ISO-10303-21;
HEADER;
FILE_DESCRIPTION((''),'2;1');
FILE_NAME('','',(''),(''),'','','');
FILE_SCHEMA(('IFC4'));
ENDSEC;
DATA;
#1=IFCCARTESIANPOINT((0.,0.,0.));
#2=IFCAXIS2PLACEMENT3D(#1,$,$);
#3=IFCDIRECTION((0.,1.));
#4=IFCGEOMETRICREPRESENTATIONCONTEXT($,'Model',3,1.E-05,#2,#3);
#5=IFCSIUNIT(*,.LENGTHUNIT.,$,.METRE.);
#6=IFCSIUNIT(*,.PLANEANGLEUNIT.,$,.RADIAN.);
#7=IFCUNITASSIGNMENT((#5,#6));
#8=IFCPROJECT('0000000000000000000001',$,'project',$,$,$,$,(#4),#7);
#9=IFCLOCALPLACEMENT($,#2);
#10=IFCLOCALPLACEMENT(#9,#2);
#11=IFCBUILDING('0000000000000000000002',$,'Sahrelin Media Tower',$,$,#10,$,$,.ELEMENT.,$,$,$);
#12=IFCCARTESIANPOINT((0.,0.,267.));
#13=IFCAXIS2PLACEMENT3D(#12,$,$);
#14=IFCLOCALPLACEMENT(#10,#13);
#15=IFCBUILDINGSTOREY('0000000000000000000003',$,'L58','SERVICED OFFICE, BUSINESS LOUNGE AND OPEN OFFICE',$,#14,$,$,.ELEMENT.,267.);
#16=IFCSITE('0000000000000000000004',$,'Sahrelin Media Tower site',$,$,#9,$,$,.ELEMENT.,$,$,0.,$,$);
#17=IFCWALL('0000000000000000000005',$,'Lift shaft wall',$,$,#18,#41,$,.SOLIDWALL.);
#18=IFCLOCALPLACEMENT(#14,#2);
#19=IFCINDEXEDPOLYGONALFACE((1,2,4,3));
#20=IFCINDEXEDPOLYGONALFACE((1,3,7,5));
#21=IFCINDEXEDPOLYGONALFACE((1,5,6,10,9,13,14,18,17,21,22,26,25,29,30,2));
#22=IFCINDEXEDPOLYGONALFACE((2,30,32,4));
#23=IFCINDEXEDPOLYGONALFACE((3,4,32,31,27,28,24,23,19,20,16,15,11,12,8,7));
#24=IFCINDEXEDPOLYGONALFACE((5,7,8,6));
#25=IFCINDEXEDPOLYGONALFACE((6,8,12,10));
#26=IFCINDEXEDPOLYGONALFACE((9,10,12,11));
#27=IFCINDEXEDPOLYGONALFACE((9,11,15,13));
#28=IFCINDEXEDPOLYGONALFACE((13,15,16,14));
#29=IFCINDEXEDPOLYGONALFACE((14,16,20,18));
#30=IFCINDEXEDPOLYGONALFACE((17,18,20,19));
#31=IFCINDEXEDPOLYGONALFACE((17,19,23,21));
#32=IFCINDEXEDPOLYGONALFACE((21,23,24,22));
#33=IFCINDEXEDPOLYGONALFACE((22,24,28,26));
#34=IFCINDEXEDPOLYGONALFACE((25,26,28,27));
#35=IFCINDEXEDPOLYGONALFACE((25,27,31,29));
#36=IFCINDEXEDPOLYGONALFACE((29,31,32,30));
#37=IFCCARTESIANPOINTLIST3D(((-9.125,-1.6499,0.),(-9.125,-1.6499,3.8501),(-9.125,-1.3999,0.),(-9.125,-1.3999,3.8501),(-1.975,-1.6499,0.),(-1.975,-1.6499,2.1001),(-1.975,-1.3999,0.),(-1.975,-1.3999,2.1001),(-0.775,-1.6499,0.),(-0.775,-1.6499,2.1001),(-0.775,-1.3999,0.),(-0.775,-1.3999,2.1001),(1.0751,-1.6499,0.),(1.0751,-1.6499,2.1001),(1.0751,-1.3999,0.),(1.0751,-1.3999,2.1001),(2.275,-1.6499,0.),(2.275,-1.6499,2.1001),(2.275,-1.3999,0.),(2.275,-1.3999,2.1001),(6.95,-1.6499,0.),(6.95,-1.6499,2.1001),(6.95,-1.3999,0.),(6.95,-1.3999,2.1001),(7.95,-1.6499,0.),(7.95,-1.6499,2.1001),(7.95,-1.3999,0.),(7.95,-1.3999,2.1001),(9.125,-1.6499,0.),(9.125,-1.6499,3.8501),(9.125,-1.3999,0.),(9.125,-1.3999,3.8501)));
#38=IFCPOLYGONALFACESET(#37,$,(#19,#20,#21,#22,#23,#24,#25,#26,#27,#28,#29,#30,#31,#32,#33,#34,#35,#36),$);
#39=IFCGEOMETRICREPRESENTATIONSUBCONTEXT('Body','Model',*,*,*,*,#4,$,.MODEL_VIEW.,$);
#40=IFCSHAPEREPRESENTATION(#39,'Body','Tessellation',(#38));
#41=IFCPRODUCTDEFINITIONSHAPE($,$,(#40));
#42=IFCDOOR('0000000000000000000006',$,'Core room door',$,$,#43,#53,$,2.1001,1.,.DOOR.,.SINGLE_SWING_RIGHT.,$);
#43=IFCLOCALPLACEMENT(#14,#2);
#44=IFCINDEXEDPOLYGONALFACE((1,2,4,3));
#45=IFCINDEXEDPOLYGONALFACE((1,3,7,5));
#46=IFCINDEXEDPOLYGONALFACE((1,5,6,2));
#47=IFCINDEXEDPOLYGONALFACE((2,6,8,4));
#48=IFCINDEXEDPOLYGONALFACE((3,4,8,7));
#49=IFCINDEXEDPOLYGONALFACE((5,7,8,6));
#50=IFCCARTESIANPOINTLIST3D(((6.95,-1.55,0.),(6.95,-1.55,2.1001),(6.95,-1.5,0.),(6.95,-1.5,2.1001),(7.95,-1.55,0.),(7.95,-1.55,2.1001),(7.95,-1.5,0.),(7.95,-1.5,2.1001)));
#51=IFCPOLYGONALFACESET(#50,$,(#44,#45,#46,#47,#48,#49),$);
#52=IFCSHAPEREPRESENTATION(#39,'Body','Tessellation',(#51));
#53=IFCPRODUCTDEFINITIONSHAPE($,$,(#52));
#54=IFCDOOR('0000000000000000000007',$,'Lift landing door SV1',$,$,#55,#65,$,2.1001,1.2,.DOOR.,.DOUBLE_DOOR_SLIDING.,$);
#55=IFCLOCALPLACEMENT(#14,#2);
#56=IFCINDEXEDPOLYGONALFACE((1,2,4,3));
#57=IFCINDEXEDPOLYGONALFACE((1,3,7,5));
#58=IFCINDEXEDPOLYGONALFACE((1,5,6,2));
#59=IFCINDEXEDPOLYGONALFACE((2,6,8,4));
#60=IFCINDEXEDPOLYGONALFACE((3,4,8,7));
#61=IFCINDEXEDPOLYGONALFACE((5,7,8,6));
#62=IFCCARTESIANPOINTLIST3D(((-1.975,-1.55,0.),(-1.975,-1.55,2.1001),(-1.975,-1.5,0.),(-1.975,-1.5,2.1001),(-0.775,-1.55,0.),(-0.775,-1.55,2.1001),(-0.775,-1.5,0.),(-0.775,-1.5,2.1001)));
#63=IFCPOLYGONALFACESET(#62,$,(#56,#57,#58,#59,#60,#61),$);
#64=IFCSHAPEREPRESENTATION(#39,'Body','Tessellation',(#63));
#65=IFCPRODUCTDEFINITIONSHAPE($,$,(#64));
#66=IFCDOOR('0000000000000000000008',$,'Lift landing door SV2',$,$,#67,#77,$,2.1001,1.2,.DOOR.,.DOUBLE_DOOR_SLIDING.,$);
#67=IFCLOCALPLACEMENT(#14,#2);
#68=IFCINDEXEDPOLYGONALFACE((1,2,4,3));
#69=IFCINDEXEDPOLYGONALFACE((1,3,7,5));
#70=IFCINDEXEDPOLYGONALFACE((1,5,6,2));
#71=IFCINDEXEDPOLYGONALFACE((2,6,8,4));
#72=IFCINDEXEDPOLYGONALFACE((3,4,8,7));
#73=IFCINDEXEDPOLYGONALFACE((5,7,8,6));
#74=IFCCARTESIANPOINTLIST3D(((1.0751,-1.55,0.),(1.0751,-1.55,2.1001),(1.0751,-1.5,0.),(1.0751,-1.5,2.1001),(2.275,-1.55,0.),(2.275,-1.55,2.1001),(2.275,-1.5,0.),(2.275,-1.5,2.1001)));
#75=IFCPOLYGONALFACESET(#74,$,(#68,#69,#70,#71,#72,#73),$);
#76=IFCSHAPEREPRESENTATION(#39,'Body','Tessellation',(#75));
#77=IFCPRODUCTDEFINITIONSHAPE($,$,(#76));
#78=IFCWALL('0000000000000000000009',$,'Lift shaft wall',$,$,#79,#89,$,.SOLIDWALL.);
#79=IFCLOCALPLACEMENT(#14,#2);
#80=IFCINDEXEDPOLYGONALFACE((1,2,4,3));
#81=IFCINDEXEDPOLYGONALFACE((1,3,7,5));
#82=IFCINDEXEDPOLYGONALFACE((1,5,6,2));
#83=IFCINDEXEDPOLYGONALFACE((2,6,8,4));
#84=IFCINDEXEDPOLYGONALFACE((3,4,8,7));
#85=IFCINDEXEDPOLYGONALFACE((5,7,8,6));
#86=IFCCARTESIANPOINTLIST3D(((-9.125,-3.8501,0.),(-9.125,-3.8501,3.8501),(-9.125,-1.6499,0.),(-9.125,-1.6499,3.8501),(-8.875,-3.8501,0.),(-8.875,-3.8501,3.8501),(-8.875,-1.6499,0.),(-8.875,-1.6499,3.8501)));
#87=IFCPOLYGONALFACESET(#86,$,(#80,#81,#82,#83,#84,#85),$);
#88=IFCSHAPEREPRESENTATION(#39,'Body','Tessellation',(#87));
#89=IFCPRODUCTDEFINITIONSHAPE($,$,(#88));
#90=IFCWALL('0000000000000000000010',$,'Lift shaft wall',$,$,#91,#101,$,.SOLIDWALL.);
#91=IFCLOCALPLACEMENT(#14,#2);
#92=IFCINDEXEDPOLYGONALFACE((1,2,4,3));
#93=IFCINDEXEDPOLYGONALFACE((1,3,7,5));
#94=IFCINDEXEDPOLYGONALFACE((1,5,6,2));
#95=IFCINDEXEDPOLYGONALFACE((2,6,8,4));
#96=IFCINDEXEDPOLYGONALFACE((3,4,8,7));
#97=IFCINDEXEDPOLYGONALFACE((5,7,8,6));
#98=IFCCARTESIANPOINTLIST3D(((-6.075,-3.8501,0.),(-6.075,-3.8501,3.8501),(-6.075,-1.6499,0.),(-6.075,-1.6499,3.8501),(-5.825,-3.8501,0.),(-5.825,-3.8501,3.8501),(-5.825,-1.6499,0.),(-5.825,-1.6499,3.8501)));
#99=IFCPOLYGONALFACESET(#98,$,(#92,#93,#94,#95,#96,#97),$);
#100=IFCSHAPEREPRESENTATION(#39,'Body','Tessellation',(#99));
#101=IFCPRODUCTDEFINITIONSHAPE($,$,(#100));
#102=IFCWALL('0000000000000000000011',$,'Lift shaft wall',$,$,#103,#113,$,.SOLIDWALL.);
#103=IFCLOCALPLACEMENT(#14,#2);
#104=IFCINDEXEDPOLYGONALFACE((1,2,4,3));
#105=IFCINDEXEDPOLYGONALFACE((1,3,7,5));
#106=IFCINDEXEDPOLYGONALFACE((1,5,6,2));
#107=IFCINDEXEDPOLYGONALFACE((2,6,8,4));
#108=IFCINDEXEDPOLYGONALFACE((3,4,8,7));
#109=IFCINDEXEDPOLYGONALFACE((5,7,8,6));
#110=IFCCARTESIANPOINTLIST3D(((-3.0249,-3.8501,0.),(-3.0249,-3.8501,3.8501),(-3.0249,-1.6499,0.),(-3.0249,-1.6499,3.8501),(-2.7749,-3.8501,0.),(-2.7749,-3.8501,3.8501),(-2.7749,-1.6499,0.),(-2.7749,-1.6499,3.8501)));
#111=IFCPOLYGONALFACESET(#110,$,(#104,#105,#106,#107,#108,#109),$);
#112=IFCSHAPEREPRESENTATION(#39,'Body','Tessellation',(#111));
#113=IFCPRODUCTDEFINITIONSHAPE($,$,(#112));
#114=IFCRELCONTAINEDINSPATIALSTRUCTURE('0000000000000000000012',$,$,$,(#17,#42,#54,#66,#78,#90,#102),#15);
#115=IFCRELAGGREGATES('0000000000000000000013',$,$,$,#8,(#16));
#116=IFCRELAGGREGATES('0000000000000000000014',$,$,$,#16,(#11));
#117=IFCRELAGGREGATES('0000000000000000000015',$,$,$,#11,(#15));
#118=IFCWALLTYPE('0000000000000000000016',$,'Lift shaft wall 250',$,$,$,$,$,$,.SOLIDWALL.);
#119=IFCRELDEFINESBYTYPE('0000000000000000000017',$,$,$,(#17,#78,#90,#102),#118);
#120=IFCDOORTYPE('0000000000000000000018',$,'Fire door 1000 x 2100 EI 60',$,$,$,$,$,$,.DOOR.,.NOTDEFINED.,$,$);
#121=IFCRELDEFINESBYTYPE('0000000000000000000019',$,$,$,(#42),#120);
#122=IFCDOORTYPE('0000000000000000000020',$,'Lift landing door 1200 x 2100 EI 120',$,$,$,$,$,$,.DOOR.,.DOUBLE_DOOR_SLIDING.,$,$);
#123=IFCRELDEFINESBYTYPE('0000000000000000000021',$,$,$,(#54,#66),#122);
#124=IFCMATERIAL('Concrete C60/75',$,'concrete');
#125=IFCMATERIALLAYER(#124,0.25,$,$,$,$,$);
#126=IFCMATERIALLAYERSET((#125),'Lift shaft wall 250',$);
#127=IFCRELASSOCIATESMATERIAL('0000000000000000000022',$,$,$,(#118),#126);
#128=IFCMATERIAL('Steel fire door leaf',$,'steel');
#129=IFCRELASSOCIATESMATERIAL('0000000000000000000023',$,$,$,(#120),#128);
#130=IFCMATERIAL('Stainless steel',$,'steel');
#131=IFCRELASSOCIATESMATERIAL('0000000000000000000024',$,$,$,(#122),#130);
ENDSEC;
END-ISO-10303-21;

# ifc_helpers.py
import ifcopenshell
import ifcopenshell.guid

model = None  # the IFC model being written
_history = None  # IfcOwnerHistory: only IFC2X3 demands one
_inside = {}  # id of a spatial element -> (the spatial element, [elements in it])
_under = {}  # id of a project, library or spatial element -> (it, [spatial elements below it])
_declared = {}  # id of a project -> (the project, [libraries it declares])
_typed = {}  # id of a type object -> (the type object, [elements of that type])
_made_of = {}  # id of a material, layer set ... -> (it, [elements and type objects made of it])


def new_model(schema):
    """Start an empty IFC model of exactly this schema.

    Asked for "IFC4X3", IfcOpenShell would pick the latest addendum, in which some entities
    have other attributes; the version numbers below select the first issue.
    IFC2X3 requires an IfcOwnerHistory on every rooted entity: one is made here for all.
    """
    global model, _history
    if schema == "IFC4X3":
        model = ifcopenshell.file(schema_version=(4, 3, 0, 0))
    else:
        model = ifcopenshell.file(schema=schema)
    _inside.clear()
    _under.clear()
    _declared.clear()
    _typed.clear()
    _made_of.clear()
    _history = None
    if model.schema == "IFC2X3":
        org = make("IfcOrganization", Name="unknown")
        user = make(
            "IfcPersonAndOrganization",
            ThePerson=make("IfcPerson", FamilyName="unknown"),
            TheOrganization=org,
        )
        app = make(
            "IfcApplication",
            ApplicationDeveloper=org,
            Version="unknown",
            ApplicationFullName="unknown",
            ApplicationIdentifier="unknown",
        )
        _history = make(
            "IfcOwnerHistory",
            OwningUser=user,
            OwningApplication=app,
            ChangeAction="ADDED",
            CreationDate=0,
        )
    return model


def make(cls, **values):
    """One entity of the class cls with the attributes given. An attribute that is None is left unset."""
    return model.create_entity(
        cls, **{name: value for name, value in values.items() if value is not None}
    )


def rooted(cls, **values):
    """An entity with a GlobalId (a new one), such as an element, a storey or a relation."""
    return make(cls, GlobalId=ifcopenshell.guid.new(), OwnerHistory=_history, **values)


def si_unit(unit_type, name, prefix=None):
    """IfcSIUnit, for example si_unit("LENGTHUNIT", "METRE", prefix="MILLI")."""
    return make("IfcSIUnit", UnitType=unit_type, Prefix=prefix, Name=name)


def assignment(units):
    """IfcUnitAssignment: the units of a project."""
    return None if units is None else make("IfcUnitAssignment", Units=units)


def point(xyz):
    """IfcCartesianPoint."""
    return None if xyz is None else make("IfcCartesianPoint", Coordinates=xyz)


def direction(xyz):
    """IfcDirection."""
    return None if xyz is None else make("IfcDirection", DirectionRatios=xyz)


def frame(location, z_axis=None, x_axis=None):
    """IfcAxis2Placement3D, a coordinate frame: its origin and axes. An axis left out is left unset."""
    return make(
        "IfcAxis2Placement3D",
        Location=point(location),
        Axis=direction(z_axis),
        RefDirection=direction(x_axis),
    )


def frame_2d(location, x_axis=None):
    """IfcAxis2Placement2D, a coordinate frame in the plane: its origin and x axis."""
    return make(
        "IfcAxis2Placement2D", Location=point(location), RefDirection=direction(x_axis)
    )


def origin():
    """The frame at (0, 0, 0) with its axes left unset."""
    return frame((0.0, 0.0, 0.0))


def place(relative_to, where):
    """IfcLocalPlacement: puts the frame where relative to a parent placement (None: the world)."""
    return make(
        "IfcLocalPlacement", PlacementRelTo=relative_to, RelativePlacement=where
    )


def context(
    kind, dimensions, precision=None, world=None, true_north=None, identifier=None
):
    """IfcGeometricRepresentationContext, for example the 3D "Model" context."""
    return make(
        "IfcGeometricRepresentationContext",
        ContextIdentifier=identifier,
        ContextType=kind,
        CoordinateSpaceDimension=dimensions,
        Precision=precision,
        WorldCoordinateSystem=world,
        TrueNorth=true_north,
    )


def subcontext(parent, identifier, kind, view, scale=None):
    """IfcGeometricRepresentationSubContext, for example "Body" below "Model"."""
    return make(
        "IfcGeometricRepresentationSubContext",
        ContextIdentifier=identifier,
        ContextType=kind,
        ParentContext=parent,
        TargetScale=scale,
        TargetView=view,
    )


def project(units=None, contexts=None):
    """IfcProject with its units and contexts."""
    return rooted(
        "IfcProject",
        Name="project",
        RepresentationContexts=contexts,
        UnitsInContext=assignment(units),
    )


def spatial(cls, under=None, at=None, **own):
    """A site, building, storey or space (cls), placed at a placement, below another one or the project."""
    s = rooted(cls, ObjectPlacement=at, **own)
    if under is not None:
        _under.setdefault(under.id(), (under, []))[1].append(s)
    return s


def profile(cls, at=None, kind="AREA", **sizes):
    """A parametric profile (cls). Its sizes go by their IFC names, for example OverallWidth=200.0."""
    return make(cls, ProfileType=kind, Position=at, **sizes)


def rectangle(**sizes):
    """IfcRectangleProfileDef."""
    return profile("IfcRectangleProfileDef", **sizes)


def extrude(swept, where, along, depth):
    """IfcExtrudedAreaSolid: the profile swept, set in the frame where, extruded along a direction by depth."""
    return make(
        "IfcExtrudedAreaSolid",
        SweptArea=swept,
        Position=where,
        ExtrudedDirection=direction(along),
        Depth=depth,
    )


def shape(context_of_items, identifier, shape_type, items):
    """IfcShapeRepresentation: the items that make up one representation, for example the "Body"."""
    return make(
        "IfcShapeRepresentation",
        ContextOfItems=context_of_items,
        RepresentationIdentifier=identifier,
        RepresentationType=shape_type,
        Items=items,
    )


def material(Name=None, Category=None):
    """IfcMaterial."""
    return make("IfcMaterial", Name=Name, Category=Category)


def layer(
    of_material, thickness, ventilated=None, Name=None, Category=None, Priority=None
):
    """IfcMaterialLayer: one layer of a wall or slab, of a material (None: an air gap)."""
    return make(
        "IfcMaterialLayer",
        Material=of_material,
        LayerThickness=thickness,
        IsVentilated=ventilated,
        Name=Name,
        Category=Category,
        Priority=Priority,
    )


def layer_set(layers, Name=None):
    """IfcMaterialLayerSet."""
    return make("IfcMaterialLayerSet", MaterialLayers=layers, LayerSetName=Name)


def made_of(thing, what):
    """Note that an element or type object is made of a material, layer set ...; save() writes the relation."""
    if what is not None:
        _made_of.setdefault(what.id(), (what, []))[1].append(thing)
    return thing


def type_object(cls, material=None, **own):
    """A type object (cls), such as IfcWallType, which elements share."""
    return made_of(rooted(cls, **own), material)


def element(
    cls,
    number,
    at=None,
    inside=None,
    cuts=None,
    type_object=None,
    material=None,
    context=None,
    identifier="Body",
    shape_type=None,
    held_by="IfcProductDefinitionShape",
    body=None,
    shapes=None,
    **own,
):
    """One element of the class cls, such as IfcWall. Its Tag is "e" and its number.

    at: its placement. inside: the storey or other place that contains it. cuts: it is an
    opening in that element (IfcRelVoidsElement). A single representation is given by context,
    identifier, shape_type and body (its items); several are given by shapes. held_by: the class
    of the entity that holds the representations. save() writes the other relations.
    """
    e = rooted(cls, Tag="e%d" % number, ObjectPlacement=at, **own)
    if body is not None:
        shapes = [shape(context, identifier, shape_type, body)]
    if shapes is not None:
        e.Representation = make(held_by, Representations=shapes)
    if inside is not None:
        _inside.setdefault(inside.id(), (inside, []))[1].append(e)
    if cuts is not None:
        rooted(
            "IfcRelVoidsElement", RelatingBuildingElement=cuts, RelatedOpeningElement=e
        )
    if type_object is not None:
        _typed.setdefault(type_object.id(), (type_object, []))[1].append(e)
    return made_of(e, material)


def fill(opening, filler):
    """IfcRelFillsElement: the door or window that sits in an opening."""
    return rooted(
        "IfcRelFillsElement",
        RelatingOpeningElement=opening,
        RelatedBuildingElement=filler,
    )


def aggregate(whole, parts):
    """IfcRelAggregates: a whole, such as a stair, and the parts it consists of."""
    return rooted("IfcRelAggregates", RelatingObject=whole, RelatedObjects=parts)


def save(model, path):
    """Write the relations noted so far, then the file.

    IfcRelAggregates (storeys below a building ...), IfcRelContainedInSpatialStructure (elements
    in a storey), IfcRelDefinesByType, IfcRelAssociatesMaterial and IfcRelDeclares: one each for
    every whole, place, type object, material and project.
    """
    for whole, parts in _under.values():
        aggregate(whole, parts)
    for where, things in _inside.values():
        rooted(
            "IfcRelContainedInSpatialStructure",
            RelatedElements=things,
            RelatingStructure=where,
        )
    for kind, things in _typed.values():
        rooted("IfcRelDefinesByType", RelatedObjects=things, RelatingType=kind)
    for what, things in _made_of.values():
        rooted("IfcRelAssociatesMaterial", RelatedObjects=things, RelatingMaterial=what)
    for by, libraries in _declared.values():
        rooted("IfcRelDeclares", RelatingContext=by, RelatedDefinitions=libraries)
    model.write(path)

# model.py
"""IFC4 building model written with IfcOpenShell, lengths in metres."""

from ifc_helpers import new_model, si_unit, direction, frame, frame_2d, origin, place, context, subcontext, project, spatial, rectangle, extrude, material, layer, layer_set, type_object, element, fill, save


model = new_model("IFC4")

# Units and contexts
model_context = context("Model", 3, precision=1e-05, world=origin(), true_north=direction((0.0, 1.0)))
body_context = subcontext(model_context, "Body", "Model", "MODEL_VIEW")
ifc_project = project(units=[si_unit("LENGTHUNIT", "METRE"), si_unit("PLANEANGLEUNIT", "RADIAN")], contexts=[model_context])

# Site, building, storey
site_placement = place(None, origin())
site = spatial("IfcSite", under=ifc_project, at=site_placement, Name="Sahrelin Media Tower site", CompositionType="ELEMENT", RefElevation=0.0)
building_placement = place(site_placement, origin())
building = spatial("IfcBuilding", under=site, at=building_placement, Name="Sahrelin Media Tower", CompositionType="ELEMENT")
storey_placement = place(building_placement, frame((0.0, 0.0, 267.0)))
storey = spatial("IfcBuildingStorey", under=building, at=storey_placement, Name="L58", Description="SERVICED OFFICE, BUSINESS LOUNGE AND OPEN OFFICE", CompositionType="ELEMENT", Elevation=267.0)

# Shared definitions
ifc_material_1 = material(Name="Concrete C60/75", Category="concrete")

# Shared definitions
ifc_material_2 = material(Name="Steel fire door leaf", Category="steel")

# Wall, openings, doors
ifc_layer_1 = layer(ifc_material_1, 0.25)
ifc_layer_set_1 = layer_set([ifc_layer_1], Name="Lift shaft wall 250")
wall_type_1 = type_object("IfcWallType", Name="Lift shaft wall 250", PredefinedType="SOLIDWALL", material=ifc_layer_set_1)
wall_1_placement = place(storey_placement, frame((-9.125, -1.5249, 0.0), z_axis=(0.0, 0.0, 1.0), x_axis=(1.0, 0.0, 0.0)))
wall_1 = element("IfcWall", 1, at=wall_1_placement, inside=storey, type_object=wall_type_1, Name="Lift shaft wall", PredefinedType="SOLIDWALL", context=body_context, shape_type="SweptSolid", body=[
    extrude(rectangle(XDim=18.25, YDim=0.25, at=frame_2d((9.125, 0.0))), origin(), (0.0, 0.0, 1.0), 3.8501),
])
opening_1_placement = place(wall_1_placement, frame((7.1499, 0.0, 0.0)))
opening_1 = element("IfcOpeningElement", 2, at=opening_1_placement, cuts=wall_1, PredefinedType="OPENING", context=body_context, shape_type="SweptSolid", body=[
    extrude(rectangle(XDim=1.2, YDim=2.1001, at=frame_2d((0.6001, 1.05))), frame((0.0, 0.125, 0.0), z_axis=(0.0, -1.0, 0.0), x_axis=(1.0, 0.0, 0.0)), (0.0, 0.0, 1.0), 0.25),
])
opening_2_placement = place(wall_1_placement, frame((10.2, 0.0, 0.0)))
opening_2 = element("IfcOpeningElement", 3, at=opening_2_placement, cuts=wall_1, PredefinedType="OPENING", context=body_context, shape_type="SweptSolid", body=[
    extrude(rectangle(XDim=1.2, YDim=2.1001, at=frame_2d((0.6001, 1.05))), frame((0.0, 0.125, 0.0), z_axis=(0.0, -1.0, 0.0), x_axis=(1.0, 0.0, 0.0)), (0.0, 0.0, 1.0), 0.25),
])
opening_3_placement = place(wall_1_placement, frame((16.075, 0.0, 0.0)))
opening_3 = element("IfcOpeningElement", 4, at=opening_3_placement, cuts=wall_1, PredefinedType="OPENING", context=body_context, shape_type="SweptSolid", body=[
    extrude(rectangle(XDim=1.0, YDim=2.1001, at=frame_2d((0.5, 1.05))), frame((0.0, 0.125, 0.0), z_axis=(0.0, -1.0, 0.0), x_axis=(1.0, 0.0, 0.0)), (0.0, 0.0, 1.0), 0.25),
])
door_type_1 = type_object("IfcDoorType", Name="Fire door 1000 x 2100 EI 60", OperationType="NOTDEFINED", PredefinedType="DOOR", material=ifc_material_2)
door_1_placement = place(opening_3_placement, origin())
door_1 = element("IfcDoor", 5, at=door_1_placement, inside=storey, type_object=door_type_1, Name="Core room door", OperationType="SINGLE_SWING_RIGHT", OverallHeight=2.1001, OverallWidth=1.0, PredefinedType="DOOR", context=body_context, shape_type="SweptSolid", body=[
    extrude(rectangle(XDim=1.0, YDim=2.1001, at=frame_2d((0.5, 1.05))), frame((0.0, 0.0249, 0.0), z_axis=(0.0, -1.0, 0.0), x_axis=(1.0, 0.0, 0.0)), (0.0, 0.0, 1.0), 0.05),
])
fill(opening_3, door_1)
ifc_material_3 = material(Name="Stainless steel", Category="steel")
door_type_2 = type_object("IfcDoorType", Name="Lift landing door 1200 x 2100 EI 120", OperationType="DOUBLE_DOOR_SLIDING", PredefinedType="DOOR", material=ifc_material_3)
door_2_placement = place(opening_1_placement, origin())
door_2 = element("IfcDoor", 6, at=door_2_placement, inside=storey, type_object=door_type_2, Name="Lift landing door SV1", OperationType="DOUBLE_DOOR_SLIDING", OverallHeight=2.1001, OverallWidth=1.2, PredefinedType="DOOR", context=body_context, shape_type="SweptSolid", body=[
    extrude(rectangle(XDim=1.2, YDim=2.1001, at=frame_2d((0.6001, 1.05))), frame((0.0, 0.0249, 0.0), z_axis=(0.0, -1.0, 0.0), x_axis=(1.0, 0.0, 0.0)), (0.0, 0.0, 1.0), 0.05),
])
fill(opening_1, door_2)
door_3_placement = place(opening_2_placement, origin())
door_3 = element("IfcDoor", 7, at=door_3_placement, inside=storey, type_object=door_type_2, Name="Lift landing door SV2", OperationType="DOUBLE_DOOR_SLIDING", OverallHeight=2.1001, OverallWidth=1.2, PredefinedType="DOOR", context=body_context, shape_type="SweptSolid", body=[
    extrude(rectangle(XDim=1.2, YDim=2.1001, at=frame_2d((0.6001, 1.05))), frame((0.0, 0.0249, 0.0), z_axis=(0.0, -1.0, 0.0), x_axis=(1.0, 0.0, 0.0)), (0.0, 0.0, 1.0), 0.05),
])
fill(opening_2, door_3)

# Walls
for number, where, z_axis, x_axis, name in (
    (8, (-9.0, -3.8501, 0.0), (0.0, 0.0, 1.0), (0.0, 1.0, 0.0), "Lift shaft wall"),
    (9, (-5.95, -3.8501, 0.0), (0.0, 0.0, 1.0), (0.0, 1.0, 0.0), "Lift shaft wall"),
    (10, (-2.8999, -3.8501, 0.0), (0.0, 0.0, 1.0), (0.0, 1.0, 0.0), "Lift shaft wall"),
):
    element("IfcWall", number, at=place(storey_placement, frame(where, z_axis=z_axis, x_axis=x_axis)), inside=storey, type_object=wall_type_1, Name=name, PredefinedType="SOLIDWALL", context=body_context, shape_type="SweptSolid", body=[
        extrude(rectangle(XDim=2.2002, YDim=0.25, at=frame_2d((1.1001, 0.0))), origin(), (0.0, 0.0, 1.0), 3.8501),
    ])

save(model, "model.ifc")
